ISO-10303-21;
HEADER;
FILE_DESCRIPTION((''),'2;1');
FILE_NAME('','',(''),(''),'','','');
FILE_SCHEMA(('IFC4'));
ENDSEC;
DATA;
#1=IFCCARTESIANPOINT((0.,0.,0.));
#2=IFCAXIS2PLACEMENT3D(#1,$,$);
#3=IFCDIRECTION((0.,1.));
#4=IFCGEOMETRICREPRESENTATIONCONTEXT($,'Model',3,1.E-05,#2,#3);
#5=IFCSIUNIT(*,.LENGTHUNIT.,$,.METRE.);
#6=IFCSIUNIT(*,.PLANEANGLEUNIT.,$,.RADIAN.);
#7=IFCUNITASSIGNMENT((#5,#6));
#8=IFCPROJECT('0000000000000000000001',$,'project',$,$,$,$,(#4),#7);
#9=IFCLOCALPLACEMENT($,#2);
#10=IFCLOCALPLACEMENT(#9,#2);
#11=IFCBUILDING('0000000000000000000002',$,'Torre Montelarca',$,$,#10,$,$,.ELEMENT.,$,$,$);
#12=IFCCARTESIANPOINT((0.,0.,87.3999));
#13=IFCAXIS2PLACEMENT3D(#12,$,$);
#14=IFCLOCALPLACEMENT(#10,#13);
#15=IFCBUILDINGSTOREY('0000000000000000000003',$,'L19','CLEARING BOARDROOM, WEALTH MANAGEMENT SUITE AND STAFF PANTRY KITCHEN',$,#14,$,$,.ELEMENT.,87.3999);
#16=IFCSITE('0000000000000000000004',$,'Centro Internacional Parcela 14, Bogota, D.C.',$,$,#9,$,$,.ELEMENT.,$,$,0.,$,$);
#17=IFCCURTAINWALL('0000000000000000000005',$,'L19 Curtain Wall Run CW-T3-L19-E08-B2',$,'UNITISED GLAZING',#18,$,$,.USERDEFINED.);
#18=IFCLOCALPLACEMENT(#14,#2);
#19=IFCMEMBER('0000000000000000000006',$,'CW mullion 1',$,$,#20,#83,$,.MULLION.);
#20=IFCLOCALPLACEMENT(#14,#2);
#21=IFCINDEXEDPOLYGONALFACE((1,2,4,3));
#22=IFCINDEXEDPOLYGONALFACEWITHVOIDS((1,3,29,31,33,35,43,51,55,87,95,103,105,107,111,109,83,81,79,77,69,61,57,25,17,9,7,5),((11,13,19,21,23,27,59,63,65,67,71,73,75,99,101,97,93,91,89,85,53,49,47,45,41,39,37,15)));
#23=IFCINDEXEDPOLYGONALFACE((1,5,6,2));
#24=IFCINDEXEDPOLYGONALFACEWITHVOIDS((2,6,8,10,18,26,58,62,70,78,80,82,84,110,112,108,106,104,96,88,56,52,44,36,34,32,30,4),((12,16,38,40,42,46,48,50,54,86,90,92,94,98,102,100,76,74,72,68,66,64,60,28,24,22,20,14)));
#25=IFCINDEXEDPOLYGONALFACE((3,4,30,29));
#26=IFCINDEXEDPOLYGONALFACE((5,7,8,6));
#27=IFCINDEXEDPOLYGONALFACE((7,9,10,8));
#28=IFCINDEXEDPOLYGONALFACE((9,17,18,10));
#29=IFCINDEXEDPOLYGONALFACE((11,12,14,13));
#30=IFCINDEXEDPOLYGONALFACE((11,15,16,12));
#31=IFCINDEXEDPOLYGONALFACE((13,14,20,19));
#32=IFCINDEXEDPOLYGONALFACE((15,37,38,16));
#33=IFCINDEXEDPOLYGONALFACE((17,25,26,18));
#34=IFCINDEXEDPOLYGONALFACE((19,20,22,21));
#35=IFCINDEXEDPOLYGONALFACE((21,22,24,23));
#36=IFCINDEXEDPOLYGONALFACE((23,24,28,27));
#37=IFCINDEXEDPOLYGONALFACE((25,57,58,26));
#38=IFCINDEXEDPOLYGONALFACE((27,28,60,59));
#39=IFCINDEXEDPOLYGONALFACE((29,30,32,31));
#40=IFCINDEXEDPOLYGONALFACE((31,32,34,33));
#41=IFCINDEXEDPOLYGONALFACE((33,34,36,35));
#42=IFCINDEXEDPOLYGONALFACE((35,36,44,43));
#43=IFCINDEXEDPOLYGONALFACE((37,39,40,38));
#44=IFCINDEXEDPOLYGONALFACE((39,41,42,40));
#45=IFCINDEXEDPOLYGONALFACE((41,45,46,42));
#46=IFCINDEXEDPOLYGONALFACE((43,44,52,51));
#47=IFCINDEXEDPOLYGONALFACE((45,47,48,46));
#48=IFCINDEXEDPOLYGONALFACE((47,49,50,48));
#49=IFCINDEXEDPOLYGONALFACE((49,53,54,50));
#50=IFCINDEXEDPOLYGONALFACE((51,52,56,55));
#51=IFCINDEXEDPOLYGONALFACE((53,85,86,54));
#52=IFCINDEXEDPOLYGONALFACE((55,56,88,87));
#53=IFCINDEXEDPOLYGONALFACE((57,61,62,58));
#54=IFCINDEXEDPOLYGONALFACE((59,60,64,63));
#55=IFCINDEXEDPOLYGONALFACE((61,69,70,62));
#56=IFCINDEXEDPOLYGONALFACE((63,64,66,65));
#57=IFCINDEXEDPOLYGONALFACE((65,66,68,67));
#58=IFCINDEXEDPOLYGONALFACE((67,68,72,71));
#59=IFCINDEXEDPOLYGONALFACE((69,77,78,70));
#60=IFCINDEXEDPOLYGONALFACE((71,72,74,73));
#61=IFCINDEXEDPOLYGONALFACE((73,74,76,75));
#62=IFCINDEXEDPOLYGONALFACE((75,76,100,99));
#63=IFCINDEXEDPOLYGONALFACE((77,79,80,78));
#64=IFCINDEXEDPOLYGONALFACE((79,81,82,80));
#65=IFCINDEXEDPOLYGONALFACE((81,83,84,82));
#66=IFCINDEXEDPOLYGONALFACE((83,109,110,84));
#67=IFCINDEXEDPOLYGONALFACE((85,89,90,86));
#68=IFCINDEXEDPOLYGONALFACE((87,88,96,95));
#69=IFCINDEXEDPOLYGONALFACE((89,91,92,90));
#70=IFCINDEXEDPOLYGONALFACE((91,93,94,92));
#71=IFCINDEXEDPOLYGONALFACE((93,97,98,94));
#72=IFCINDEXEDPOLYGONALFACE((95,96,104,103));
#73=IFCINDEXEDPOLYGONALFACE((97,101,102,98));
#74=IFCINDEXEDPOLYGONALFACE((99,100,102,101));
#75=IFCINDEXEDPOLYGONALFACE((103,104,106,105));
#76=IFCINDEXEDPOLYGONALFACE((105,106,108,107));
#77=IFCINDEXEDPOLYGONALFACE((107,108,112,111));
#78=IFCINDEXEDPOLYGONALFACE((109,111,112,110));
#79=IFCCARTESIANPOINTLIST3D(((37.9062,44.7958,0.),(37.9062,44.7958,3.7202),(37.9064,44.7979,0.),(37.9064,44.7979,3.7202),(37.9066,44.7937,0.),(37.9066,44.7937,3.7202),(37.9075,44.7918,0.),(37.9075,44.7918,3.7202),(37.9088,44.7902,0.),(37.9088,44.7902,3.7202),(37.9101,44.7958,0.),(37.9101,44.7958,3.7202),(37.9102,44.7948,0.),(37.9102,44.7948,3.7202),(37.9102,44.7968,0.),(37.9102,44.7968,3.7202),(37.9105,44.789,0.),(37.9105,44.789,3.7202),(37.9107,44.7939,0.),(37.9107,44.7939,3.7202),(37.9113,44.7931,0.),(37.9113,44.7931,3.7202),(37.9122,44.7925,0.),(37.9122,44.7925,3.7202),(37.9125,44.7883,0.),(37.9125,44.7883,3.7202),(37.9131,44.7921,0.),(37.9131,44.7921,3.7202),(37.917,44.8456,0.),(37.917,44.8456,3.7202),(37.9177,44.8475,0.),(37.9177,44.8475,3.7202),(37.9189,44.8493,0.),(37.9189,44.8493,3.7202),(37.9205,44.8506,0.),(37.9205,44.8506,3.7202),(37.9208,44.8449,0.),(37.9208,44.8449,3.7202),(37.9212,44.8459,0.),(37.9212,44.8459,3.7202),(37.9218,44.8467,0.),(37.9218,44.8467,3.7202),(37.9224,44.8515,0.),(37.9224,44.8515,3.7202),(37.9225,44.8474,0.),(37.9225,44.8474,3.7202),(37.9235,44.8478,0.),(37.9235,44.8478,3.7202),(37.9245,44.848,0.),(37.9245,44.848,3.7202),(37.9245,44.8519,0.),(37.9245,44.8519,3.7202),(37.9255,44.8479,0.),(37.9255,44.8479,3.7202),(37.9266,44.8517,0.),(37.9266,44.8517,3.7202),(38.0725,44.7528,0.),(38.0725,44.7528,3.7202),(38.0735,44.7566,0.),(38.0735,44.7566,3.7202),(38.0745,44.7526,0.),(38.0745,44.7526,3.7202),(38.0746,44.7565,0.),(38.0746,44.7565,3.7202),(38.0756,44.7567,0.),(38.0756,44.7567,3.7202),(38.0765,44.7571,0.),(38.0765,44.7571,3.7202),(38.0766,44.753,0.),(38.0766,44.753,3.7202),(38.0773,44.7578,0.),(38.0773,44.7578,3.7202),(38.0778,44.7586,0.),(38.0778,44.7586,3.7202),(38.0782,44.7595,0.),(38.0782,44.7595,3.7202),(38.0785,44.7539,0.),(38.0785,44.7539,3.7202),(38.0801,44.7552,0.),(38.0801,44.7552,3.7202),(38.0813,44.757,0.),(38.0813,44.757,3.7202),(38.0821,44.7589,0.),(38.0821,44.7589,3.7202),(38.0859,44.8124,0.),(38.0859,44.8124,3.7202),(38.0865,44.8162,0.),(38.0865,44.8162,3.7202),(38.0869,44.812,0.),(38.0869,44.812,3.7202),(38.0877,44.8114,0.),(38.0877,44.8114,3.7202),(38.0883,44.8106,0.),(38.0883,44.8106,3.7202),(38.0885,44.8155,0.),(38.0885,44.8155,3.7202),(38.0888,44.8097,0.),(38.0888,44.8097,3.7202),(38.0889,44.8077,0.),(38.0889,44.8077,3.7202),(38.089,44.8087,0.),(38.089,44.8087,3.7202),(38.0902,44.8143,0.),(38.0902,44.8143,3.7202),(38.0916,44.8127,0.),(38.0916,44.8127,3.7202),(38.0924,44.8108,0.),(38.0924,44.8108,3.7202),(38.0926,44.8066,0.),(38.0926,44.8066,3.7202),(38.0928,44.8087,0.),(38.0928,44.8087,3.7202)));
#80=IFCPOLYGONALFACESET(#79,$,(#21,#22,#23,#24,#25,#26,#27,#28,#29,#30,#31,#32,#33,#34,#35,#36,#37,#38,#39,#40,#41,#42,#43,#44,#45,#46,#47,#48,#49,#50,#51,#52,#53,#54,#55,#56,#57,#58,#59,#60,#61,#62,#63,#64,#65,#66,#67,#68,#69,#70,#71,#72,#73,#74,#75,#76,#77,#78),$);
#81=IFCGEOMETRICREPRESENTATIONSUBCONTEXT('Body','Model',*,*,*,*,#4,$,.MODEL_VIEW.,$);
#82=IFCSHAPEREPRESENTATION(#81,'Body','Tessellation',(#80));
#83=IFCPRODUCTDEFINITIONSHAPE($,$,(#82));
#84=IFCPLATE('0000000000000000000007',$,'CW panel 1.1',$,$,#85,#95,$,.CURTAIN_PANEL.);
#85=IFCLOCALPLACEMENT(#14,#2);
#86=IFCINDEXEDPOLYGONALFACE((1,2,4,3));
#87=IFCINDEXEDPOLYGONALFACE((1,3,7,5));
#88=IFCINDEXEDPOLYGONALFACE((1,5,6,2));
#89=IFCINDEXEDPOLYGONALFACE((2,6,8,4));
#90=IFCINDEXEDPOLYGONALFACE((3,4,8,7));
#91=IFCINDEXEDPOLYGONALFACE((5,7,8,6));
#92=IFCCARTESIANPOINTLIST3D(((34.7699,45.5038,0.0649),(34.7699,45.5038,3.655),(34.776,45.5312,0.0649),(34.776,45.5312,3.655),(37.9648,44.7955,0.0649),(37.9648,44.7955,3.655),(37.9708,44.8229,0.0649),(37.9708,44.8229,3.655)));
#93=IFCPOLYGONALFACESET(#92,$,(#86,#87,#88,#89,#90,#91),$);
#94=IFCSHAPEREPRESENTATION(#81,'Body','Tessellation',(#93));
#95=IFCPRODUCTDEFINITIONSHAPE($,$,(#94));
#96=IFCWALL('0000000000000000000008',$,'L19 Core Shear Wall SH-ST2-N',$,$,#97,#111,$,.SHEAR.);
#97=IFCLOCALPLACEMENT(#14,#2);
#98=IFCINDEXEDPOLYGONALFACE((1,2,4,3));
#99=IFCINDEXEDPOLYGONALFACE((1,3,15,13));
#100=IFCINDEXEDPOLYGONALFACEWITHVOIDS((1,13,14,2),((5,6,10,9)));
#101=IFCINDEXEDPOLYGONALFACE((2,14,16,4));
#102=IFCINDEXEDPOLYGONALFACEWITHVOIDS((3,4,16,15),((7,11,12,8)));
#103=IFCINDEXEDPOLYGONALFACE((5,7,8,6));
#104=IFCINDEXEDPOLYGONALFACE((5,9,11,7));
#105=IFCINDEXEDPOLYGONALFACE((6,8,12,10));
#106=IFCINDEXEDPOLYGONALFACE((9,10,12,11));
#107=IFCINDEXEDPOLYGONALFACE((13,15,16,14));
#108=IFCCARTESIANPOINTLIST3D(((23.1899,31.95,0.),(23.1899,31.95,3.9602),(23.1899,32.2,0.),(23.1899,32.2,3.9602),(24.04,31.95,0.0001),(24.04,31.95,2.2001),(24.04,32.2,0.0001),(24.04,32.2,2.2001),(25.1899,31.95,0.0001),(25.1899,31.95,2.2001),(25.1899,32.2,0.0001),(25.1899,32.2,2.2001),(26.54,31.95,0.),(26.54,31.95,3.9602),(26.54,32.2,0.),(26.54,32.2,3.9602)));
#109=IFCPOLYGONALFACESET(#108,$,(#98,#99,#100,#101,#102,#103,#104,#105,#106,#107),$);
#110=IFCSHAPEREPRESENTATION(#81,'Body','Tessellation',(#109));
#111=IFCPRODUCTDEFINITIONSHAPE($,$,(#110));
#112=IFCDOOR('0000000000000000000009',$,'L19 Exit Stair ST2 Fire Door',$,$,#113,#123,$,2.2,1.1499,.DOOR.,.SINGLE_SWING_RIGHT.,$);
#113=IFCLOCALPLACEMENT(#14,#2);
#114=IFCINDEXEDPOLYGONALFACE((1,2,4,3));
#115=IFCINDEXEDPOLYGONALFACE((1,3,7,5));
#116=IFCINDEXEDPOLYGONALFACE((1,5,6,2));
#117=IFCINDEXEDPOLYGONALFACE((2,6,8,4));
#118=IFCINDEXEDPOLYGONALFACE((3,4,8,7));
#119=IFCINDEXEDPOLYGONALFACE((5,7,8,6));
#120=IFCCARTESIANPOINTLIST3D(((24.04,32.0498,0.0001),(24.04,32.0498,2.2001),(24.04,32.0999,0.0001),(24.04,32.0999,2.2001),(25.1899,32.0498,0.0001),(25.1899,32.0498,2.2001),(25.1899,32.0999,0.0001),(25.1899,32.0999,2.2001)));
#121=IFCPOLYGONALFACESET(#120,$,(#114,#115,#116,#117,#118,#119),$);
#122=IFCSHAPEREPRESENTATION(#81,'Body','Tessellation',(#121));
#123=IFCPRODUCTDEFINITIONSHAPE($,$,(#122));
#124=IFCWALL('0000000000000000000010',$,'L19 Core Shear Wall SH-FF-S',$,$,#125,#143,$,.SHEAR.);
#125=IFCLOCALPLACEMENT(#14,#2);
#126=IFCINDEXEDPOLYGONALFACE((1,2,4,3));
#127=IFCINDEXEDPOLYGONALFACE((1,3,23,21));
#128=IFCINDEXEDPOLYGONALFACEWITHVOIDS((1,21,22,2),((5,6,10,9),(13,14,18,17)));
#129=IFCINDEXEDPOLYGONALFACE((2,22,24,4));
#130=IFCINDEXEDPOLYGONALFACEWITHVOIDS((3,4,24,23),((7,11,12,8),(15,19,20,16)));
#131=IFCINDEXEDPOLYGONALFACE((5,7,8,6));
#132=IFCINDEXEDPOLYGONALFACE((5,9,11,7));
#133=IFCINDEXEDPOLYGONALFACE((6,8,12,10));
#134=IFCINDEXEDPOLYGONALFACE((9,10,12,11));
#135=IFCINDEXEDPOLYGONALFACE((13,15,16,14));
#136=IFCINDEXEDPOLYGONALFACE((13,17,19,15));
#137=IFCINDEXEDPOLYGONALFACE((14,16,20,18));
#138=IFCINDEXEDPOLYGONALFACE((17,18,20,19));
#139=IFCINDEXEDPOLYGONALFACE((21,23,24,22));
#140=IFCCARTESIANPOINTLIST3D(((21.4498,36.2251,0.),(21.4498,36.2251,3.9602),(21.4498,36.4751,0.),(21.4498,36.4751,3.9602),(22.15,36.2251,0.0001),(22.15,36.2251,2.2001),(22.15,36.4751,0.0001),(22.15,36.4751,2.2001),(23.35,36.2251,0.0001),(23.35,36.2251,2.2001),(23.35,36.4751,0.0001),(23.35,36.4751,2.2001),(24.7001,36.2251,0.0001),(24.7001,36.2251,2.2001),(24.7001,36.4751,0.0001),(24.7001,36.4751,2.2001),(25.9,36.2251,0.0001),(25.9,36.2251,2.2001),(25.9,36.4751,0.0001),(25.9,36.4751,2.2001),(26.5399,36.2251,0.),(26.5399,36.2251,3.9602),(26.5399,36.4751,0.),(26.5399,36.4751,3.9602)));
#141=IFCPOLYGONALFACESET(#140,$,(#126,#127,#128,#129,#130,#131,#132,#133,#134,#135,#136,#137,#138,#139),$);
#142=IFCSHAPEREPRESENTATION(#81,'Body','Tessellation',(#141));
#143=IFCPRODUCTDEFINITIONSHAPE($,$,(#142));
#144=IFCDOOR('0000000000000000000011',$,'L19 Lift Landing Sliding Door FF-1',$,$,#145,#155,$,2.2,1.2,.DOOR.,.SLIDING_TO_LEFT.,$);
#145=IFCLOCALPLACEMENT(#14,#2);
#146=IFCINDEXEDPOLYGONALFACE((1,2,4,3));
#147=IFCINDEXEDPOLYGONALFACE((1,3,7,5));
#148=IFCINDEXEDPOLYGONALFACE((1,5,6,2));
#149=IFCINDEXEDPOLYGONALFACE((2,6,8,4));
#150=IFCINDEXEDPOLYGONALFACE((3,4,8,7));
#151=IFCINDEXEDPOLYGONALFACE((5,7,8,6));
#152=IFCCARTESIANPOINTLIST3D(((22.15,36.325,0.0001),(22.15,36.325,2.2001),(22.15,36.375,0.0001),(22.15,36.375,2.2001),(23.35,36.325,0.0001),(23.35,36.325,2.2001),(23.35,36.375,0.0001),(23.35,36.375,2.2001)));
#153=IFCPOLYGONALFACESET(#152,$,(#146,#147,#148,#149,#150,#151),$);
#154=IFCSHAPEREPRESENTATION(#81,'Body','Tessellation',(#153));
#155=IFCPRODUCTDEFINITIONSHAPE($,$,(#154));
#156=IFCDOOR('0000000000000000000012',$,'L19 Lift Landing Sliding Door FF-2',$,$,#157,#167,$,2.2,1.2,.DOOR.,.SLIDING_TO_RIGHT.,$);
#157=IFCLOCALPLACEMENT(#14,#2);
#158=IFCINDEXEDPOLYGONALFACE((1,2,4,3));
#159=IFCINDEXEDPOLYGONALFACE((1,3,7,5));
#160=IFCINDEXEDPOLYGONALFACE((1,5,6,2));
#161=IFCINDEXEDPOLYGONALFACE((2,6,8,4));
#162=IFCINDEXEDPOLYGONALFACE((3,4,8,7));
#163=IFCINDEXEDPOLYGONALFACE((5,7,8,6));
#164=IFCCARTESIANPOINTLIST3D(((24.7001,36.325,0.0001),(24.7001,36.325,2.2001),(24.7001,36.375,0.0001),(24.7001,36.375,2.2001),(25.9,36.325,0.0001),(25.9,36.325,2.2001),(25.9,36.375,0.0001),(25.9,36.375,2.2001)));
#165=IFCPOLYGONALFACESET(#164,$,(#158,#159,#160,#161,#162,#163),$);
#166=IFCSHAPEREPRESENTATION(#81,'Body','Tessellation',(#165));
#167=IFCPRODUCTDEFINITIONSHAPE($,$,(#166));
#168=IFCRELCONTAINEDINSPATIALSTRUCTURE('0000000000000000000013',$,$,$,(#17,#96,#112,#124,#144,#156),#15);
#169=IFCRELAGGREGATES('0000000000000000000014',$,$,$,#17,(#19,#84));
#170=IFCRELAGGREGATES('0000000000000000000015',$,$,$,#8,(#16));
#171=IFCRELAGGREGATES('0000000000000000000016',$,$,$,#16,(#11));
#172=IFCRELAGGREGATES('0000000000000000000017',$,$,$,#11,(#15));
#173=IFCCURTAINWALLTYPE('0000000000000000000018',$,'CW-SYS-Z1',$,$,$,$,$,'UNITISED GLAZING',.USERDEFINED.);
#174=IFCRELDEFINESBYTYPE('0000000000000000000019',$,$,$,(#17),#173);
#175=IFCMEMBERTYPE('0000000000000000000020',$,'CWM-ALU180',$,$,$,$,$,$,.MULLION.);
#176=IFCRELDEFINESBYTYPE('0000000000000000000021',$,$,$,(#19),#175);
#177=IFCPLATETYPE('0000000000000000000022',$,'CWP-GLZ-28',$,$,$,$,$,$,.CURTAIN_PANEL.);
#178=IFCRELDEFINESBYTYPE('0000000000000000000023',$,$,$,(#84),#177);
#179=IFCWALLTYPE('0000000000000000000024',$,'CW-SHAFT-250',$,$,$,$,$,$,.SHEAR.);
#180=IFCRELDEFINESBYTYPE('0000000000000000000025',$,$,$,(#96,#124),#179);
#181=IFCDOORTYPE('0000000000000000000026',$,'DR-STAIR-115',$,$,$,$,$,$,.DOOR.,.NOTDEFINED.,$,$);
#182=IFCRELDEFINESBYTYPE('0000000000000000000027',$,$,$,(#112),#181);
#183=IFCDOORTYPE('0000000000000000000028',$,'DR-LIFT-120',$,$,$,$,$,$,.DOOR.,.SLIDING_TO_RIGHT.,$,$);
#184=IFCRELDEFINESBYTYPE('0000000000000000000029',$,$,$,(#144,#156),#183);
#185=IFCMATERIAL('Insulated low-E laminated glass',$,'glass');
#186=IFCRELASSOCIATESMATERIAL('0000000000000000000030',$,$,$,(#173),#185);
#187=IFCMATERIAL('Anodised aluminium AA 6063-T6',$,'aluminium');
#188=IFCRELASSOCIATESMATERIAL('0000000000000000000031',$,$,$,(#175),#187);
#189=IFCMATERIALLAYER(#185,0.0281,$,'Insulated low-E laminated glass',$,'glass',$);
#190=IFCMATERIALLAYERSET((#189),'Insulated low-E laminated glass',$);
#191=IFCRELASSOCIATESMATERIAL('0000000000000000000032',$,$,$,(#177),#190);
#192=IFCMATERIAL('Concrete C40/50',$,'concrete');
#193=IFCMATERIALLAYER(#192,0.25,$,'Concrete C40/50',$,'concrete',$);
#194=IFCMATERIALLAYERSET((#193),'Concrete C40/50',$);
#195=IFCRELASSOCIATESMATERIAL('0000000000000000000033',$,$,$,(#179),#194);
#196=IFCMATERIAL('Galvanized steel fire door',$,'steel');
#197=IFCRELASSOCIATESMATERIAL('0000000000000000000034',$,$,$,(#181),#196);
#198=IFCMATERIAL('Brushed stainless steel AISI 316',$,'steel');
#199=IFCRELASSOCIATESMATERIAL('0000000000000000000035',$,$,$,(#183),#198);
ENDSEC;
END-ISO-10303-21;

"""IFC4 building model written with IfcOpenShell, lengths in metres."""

from ifc_helpers import new_model, si_unit, direction, frame, frame_2d, origin, origin_2d, place, context, subcontext, project, spatial, rectangle, hollow_rectangle, extrude, source, transform, mapped, material, layer, layer_set, material_profile, profile_set, type_object, element, fill, aggregate, save


model = new_model("IFC4")

# Units and contexts
model_context = context("Model", 3, precision=1e-05, world=origin(), true_north=direction((0.0, 1.0)))
body_context = subcontext(model_context, "Body", "Model", "MODEL_VIEW")
ifc_project = project(units=[si_unit("LENGTHUNIT", "METRE"), si_unit("PLANEANGLEUNIT", "RADIAN")], contexts=[model_context])

# Site, building, storey
site_placement = place(None, origin())
site = spatial("IfcSite", under=ifc_project, at=site_placement, Name="Centro Internacional Parcela 14, Bogota, D.C.", CompositionType="ELEMENT", RefElevation=0.0)
building_placement = place(site_placement, origin())
building = spatial("IfcBuilding", under=site, at=building_placement, Name="Torre Montelarca", CompositionType="ELEMENT")
storey_placement = place(building_placement, frame((0.0, 0.0, 87.3999)))
storey = spatial("IfcBuildingStorey", under=building, at=storey_placement, Name="L19", Description="CLEARING BOARDROOM, WEALTH MANAGEMENT SUITE AND STAFF PANTRY KITCHEN", CompositionType="ELEMENT", Elevation=87.3999)

# Curtain wall, member, plate
ifc_material_1 = material(Name="Insulated low-E laminated glass", Category="glass")
curtain_wall_type = type_object("IfcCurtainWallType", Name="CW-SYS-Z1", ElementType="UNITISED GLAZING", PredefinedType="USERDEFINED", material=ifc_material_1)
curtain_wall_placement = place(storey_placement, origin())
curtain_wall = element("IfcCurtainWall", 1, at=curtain_wall_placement, inside=storey, type_object=curtain_wall_type, Name="L19 Curtain Wall Run CW-T3-L19-E08-B2", ObjectType="UNITISED GLAZING", PredefinedType="USERDEFINED")
ifc_material_2 = material(Name="Anodised aluminium AA 6063-T6", Category="aluminium")
ifc_material_profile_1 = material_profile(ifc_material_2, hollow_rectangle(XDim=0.0649, YDim=0.1799, WallThickness=0.0039, InnerFilletRadius=0.0039, OuterFilletRadius=0.0081, at=origin_2d()), Name="ALU65X180X4", Category="aluminium")
ifc_profile_set_1 = profile_set([ifc_material_profile_1], Name="Anodised aluminium AA 6063-T6")
member_type_1 = type_object("IfcMemberType", Name="CWM-ALU180", PredefinedType="MULLION", material=ifc_profile_set_1)
shared_shape_1 = source(origin(), body_context, "Body", "SweptSolid", [
    extrude(hollow_rectangle(XDim=0.0649, YDim=0.1799, WallThickness=0.0039, InnerFilletRadius=0.0039, OuterFilletRadius=0.0081, at=origin_2d()), origin(), (0.0, 0.0, 1.0), 3.7202),
])
member_1_placement = place(storey_placement, frame((37.9995, 44.8022, 0.0), z_axis=(0.0, 0.0, 1.0), x_axis=(-0.216437, -0.976297, 0.0)))
member_1 = element("IfcMember", 2, at=member_1_placement, type_object=member_type_1, Name="CW mullion 1", PredefinedType="MULLION", context=body_context, shape_type="MappedRepresentation", body=[
    mapped(shared_shape_1, transform((0.0, 0.0, 0.0), scale=1.0)),
])
ifc_layer_1 = layer(ifc_material_1, 0.0281, Name="Insulated low-E laminated glass", Category="glass")
ifc_layer_set_1 = layer_set([ifc_layer_1], Name="Insulated low-E laminated glass")
plate_type = type_object("IfcPlateType", Name="CWP-GLZ-28", PredefinedType="CURTAIN_PANEL", material=ifc_layer_set_1)
shared_shape_2 = source(origin(), body_context, "Body", "SweptSolid", [
    extrude(rectangle(XDim=3.2725, YDim=0.0281, at=origin_2d()), origin(), (0.0, 0.0, 1.0), 3.5901),
])
plate_placement = place(storey_placement, frame((36.3704, 45.1633, 0.0649), z_axis=(0.0, 0.0, 1.0), x_axis=(-0.976297, 0.216437, 0.0)))
plate = element("IfcPlate", 3, at=plate_placement, type_object=plate_type, Name="CW panel 1.1", PredefinedType="CURTAIN_PANEL", context=body_context, shape_type="MappedRepresentation", body=[
    mapped(shared_shape_2, transform((0.0, 0.0, 0.0), scale=1.0)),
])
aggregate(curtain_wall, [member_1, plate])

# Wall, opening, door
ifc_material_3 = material(Name="Concrete C40/50", Category="concrete")
ifc_layer_2 = layer(ifc_material_3, 0.25, Name="Concrete C40/50", Category="concrete")
ifc_layer_set_2 = layer_set([ifc_layer_2], Name="Concrete C40/50")
wall_type_1 = type_object("IfcWallType", Name="CW-SHAFT-250", PredefinedType="SHEAR", material=ifc_layer_set_2)
wall_1_placement = place(storey_placement, frame((23.1899, 32.075, 0.0), z_axis=(0.0, 0.0, 1.0), x_axis=(1.0, 0.0, 0.0)))
wall_1 = element("IfcWall", 4, at=wall_1_placement, inside=storey, type_object=wall_type_1, Name="L19 Core Shear Wall SH-ST2-N", PredefinedType="SHEAR", context=body_context, shape_type="SweptSolid", body=[
    extrude(rectangle(XDim=3.3501, YDim=0.25, at=frame_2d((1.675, 0.0))), origin(), (0.0, 0.0, 1.0), 3.9602),
])
opening_1_placement = place(wall_1_placement, frame((0.8501, 0.0, 0.0)))
opening_1 = element("IfcOpeningElement", 5, at=opening_1_placement, cuts=wall_1, PredefinedType="OPENING", context=body_context, shape_type="SweptSolid", body=[
    extrude(rectangle(XDim=1.1499, YDim=2.2, at=frame_2d((0.575, 1.1001))), frame((0.0, 0.135, 0.0), z_axis=(0.0, -1.0, 0.0), x_axis=(1.0, 0.0, 0.0)), (0.0, 0.0, 1.0), 0.27),
])
ifc_material_4 = material(Name="Galvanized steel fire door", Category="steel")
door_type_1 = type_object("IfcDoorType", Name="DR-STAIR-115", OperationType="NOTDEFINED", PredefinedType="DOOR", material=ifc_material_4)
shared_shape_3 = source(origin(), body_context, "Body", "SweptSolid", [
    extrude(rectangle(XDim=1.1499, YDim=2.2, at=frame_2d((0.575, 1.1001))), frame((0.0, 0.0249, 0.0), z_axis=(0.0, -1.0, 0.0), x_axis=(1.0, 0.0, 0.0)), (0.0, 0.0, 1.0), 0.05),
])
door_1_placement = place(opening_1_placement, origin())
door_1 = element("IfcDoor", 6, at=door_1_placement, inside=storey, type_object=door_type_1, Name="L19 Exit Stair ST2 Fire Door", OperationType="SINGLE_SWING_RIGHT", OverallHeight=2.2, OverallWidth=1.1499, PredefinedType="DOOR", context=body_context, shape_type="MappedRepresentation", body=[
    mapped(shared_shape_3, transform((0.0, 0.0, 0.0), scale=1.0)),
])
fill(opening_1, door_1)

# Wall, openings, doors
wall_2_placement = place(storey_placement, frame((21.45, 36.3501, 0.0), z_axis=(0.0, 0.0, 1.0), x_axis=(1.0, 0.0, 0.0)))
wall_2 = element("IfcWall", 7, at=wall_2_placement, inside=storey, type_object=wall_type_1, Name="L19 Core Shear Wall SH-FF-S", PredefinedType="SHEAR", context=body_context, shape_type="SweptSolid", body=[
    extrude(rectangle(XDim=5.0901, YDim=0.25, at=frame_2d((2.5449, 0.0))), origin(), (0.0, 0.0, 1.0), 3.9602),
])
opening_2_placement = place(wall_2_placement, frame((0.7, 0.0, 0.0)))
opening_2 = element("IfcOpeningElement", 8, at=opening_2_placement, cuts=wall_2, PredefinedType="OPENING", context=body_context, shape_type="SweptSolid", body=[
    extrude(rectangle(XDim=1.2, YDim=2.2, at=frame_2d((0.6001, 1.1001))), frame((0.0, 0.135, 0.0), z_axis=(0.0, -1.0, 0.0), x_axis=(1.0, 0.0, 0.0)), (0.0, 0.0, 1.0), 0.27),
])
opening_3_placement = place(wall_2_placement, frame((3.25, 0.0, 0.0)))
opening_3 = element("IfcOpeningElement", 9, at=opening_3_placement, cuts=wall_2, PredefinedType="OPENING", context=body_context, shape_type="SweptSolid", body=[
    extrude(rectangle(XDim=1.2, YDim=2.2, at=frame_2d((0.6001, 1.1001))), frame((0.0, 0.135, 0.0), z_axis=(0.0, -1.0, 0.0), x_axis=(1.0, 0.0, 0.0)), (0.0, 0.0, 1.0), 0.27),
])
ifc_material_5 = material(Name="Brushed stainless steel AISI 316", Category="steel")
door_type_2 = type_object("IfcDoorType", Name="DR-LIFT-120", OperationType="SLIDING_TO_RIGHT", PredefinedType="DOOR", material=ifc_material_5)
shared_shape_4 = source(origin(), body_context, "Body", "SweptSolid", [
    extrude(rectangle(XDim=1.2, YDim=2.2, at=frame_2d((0.6001, 1.1001))), frame((0.0, 0.0249, 0.0), z_axis=(0.0, -1.0, 0.0), x_axis=(1.0, 0.0, 0.0)), (0.0, 0.0, 1.0), 0.05),
])
door_2_placement = place(opening_2_placement, origin())
door_2 = element("IfcDoor", 10, at=door_2_placement, inside=storey, type_object=door_type_2, Name="L19 Lift Landing Sliding Door FF-1", OperationType="SLIDING_TO_LEFT", OverallHeight=2.2, OverallWidth=1.2, PredefinedType="DOOR", context=body_context, shape_type="MappedRepresentation", body=[
    mapped(shared_shape_4, transform((0.0, 0.0, 0.0), scale=1.0)),
])
fill(opening_2, door_2)
door_3_placement = place(opening_3_placement, origin())
door_3 = element("IfcDoor", 11, at=door_3_placement, inside=storey, type_object=door_type_2, Name="L19 Lift Landing Sliding Door FF-2", OperationType="SLIDING_TO_RIGHT", OverallHeight=2.2, OverallWidth=1.2, PredefinedType="DOOR", context=body_context, shape_type="MappedRepresentation", body=[
    mapped(shared_shape_4, transform((0.0, 0.0, 0.0), scale=1.0)),
])
fill(opening_3, door_3)

save(model, "model.ifc")
